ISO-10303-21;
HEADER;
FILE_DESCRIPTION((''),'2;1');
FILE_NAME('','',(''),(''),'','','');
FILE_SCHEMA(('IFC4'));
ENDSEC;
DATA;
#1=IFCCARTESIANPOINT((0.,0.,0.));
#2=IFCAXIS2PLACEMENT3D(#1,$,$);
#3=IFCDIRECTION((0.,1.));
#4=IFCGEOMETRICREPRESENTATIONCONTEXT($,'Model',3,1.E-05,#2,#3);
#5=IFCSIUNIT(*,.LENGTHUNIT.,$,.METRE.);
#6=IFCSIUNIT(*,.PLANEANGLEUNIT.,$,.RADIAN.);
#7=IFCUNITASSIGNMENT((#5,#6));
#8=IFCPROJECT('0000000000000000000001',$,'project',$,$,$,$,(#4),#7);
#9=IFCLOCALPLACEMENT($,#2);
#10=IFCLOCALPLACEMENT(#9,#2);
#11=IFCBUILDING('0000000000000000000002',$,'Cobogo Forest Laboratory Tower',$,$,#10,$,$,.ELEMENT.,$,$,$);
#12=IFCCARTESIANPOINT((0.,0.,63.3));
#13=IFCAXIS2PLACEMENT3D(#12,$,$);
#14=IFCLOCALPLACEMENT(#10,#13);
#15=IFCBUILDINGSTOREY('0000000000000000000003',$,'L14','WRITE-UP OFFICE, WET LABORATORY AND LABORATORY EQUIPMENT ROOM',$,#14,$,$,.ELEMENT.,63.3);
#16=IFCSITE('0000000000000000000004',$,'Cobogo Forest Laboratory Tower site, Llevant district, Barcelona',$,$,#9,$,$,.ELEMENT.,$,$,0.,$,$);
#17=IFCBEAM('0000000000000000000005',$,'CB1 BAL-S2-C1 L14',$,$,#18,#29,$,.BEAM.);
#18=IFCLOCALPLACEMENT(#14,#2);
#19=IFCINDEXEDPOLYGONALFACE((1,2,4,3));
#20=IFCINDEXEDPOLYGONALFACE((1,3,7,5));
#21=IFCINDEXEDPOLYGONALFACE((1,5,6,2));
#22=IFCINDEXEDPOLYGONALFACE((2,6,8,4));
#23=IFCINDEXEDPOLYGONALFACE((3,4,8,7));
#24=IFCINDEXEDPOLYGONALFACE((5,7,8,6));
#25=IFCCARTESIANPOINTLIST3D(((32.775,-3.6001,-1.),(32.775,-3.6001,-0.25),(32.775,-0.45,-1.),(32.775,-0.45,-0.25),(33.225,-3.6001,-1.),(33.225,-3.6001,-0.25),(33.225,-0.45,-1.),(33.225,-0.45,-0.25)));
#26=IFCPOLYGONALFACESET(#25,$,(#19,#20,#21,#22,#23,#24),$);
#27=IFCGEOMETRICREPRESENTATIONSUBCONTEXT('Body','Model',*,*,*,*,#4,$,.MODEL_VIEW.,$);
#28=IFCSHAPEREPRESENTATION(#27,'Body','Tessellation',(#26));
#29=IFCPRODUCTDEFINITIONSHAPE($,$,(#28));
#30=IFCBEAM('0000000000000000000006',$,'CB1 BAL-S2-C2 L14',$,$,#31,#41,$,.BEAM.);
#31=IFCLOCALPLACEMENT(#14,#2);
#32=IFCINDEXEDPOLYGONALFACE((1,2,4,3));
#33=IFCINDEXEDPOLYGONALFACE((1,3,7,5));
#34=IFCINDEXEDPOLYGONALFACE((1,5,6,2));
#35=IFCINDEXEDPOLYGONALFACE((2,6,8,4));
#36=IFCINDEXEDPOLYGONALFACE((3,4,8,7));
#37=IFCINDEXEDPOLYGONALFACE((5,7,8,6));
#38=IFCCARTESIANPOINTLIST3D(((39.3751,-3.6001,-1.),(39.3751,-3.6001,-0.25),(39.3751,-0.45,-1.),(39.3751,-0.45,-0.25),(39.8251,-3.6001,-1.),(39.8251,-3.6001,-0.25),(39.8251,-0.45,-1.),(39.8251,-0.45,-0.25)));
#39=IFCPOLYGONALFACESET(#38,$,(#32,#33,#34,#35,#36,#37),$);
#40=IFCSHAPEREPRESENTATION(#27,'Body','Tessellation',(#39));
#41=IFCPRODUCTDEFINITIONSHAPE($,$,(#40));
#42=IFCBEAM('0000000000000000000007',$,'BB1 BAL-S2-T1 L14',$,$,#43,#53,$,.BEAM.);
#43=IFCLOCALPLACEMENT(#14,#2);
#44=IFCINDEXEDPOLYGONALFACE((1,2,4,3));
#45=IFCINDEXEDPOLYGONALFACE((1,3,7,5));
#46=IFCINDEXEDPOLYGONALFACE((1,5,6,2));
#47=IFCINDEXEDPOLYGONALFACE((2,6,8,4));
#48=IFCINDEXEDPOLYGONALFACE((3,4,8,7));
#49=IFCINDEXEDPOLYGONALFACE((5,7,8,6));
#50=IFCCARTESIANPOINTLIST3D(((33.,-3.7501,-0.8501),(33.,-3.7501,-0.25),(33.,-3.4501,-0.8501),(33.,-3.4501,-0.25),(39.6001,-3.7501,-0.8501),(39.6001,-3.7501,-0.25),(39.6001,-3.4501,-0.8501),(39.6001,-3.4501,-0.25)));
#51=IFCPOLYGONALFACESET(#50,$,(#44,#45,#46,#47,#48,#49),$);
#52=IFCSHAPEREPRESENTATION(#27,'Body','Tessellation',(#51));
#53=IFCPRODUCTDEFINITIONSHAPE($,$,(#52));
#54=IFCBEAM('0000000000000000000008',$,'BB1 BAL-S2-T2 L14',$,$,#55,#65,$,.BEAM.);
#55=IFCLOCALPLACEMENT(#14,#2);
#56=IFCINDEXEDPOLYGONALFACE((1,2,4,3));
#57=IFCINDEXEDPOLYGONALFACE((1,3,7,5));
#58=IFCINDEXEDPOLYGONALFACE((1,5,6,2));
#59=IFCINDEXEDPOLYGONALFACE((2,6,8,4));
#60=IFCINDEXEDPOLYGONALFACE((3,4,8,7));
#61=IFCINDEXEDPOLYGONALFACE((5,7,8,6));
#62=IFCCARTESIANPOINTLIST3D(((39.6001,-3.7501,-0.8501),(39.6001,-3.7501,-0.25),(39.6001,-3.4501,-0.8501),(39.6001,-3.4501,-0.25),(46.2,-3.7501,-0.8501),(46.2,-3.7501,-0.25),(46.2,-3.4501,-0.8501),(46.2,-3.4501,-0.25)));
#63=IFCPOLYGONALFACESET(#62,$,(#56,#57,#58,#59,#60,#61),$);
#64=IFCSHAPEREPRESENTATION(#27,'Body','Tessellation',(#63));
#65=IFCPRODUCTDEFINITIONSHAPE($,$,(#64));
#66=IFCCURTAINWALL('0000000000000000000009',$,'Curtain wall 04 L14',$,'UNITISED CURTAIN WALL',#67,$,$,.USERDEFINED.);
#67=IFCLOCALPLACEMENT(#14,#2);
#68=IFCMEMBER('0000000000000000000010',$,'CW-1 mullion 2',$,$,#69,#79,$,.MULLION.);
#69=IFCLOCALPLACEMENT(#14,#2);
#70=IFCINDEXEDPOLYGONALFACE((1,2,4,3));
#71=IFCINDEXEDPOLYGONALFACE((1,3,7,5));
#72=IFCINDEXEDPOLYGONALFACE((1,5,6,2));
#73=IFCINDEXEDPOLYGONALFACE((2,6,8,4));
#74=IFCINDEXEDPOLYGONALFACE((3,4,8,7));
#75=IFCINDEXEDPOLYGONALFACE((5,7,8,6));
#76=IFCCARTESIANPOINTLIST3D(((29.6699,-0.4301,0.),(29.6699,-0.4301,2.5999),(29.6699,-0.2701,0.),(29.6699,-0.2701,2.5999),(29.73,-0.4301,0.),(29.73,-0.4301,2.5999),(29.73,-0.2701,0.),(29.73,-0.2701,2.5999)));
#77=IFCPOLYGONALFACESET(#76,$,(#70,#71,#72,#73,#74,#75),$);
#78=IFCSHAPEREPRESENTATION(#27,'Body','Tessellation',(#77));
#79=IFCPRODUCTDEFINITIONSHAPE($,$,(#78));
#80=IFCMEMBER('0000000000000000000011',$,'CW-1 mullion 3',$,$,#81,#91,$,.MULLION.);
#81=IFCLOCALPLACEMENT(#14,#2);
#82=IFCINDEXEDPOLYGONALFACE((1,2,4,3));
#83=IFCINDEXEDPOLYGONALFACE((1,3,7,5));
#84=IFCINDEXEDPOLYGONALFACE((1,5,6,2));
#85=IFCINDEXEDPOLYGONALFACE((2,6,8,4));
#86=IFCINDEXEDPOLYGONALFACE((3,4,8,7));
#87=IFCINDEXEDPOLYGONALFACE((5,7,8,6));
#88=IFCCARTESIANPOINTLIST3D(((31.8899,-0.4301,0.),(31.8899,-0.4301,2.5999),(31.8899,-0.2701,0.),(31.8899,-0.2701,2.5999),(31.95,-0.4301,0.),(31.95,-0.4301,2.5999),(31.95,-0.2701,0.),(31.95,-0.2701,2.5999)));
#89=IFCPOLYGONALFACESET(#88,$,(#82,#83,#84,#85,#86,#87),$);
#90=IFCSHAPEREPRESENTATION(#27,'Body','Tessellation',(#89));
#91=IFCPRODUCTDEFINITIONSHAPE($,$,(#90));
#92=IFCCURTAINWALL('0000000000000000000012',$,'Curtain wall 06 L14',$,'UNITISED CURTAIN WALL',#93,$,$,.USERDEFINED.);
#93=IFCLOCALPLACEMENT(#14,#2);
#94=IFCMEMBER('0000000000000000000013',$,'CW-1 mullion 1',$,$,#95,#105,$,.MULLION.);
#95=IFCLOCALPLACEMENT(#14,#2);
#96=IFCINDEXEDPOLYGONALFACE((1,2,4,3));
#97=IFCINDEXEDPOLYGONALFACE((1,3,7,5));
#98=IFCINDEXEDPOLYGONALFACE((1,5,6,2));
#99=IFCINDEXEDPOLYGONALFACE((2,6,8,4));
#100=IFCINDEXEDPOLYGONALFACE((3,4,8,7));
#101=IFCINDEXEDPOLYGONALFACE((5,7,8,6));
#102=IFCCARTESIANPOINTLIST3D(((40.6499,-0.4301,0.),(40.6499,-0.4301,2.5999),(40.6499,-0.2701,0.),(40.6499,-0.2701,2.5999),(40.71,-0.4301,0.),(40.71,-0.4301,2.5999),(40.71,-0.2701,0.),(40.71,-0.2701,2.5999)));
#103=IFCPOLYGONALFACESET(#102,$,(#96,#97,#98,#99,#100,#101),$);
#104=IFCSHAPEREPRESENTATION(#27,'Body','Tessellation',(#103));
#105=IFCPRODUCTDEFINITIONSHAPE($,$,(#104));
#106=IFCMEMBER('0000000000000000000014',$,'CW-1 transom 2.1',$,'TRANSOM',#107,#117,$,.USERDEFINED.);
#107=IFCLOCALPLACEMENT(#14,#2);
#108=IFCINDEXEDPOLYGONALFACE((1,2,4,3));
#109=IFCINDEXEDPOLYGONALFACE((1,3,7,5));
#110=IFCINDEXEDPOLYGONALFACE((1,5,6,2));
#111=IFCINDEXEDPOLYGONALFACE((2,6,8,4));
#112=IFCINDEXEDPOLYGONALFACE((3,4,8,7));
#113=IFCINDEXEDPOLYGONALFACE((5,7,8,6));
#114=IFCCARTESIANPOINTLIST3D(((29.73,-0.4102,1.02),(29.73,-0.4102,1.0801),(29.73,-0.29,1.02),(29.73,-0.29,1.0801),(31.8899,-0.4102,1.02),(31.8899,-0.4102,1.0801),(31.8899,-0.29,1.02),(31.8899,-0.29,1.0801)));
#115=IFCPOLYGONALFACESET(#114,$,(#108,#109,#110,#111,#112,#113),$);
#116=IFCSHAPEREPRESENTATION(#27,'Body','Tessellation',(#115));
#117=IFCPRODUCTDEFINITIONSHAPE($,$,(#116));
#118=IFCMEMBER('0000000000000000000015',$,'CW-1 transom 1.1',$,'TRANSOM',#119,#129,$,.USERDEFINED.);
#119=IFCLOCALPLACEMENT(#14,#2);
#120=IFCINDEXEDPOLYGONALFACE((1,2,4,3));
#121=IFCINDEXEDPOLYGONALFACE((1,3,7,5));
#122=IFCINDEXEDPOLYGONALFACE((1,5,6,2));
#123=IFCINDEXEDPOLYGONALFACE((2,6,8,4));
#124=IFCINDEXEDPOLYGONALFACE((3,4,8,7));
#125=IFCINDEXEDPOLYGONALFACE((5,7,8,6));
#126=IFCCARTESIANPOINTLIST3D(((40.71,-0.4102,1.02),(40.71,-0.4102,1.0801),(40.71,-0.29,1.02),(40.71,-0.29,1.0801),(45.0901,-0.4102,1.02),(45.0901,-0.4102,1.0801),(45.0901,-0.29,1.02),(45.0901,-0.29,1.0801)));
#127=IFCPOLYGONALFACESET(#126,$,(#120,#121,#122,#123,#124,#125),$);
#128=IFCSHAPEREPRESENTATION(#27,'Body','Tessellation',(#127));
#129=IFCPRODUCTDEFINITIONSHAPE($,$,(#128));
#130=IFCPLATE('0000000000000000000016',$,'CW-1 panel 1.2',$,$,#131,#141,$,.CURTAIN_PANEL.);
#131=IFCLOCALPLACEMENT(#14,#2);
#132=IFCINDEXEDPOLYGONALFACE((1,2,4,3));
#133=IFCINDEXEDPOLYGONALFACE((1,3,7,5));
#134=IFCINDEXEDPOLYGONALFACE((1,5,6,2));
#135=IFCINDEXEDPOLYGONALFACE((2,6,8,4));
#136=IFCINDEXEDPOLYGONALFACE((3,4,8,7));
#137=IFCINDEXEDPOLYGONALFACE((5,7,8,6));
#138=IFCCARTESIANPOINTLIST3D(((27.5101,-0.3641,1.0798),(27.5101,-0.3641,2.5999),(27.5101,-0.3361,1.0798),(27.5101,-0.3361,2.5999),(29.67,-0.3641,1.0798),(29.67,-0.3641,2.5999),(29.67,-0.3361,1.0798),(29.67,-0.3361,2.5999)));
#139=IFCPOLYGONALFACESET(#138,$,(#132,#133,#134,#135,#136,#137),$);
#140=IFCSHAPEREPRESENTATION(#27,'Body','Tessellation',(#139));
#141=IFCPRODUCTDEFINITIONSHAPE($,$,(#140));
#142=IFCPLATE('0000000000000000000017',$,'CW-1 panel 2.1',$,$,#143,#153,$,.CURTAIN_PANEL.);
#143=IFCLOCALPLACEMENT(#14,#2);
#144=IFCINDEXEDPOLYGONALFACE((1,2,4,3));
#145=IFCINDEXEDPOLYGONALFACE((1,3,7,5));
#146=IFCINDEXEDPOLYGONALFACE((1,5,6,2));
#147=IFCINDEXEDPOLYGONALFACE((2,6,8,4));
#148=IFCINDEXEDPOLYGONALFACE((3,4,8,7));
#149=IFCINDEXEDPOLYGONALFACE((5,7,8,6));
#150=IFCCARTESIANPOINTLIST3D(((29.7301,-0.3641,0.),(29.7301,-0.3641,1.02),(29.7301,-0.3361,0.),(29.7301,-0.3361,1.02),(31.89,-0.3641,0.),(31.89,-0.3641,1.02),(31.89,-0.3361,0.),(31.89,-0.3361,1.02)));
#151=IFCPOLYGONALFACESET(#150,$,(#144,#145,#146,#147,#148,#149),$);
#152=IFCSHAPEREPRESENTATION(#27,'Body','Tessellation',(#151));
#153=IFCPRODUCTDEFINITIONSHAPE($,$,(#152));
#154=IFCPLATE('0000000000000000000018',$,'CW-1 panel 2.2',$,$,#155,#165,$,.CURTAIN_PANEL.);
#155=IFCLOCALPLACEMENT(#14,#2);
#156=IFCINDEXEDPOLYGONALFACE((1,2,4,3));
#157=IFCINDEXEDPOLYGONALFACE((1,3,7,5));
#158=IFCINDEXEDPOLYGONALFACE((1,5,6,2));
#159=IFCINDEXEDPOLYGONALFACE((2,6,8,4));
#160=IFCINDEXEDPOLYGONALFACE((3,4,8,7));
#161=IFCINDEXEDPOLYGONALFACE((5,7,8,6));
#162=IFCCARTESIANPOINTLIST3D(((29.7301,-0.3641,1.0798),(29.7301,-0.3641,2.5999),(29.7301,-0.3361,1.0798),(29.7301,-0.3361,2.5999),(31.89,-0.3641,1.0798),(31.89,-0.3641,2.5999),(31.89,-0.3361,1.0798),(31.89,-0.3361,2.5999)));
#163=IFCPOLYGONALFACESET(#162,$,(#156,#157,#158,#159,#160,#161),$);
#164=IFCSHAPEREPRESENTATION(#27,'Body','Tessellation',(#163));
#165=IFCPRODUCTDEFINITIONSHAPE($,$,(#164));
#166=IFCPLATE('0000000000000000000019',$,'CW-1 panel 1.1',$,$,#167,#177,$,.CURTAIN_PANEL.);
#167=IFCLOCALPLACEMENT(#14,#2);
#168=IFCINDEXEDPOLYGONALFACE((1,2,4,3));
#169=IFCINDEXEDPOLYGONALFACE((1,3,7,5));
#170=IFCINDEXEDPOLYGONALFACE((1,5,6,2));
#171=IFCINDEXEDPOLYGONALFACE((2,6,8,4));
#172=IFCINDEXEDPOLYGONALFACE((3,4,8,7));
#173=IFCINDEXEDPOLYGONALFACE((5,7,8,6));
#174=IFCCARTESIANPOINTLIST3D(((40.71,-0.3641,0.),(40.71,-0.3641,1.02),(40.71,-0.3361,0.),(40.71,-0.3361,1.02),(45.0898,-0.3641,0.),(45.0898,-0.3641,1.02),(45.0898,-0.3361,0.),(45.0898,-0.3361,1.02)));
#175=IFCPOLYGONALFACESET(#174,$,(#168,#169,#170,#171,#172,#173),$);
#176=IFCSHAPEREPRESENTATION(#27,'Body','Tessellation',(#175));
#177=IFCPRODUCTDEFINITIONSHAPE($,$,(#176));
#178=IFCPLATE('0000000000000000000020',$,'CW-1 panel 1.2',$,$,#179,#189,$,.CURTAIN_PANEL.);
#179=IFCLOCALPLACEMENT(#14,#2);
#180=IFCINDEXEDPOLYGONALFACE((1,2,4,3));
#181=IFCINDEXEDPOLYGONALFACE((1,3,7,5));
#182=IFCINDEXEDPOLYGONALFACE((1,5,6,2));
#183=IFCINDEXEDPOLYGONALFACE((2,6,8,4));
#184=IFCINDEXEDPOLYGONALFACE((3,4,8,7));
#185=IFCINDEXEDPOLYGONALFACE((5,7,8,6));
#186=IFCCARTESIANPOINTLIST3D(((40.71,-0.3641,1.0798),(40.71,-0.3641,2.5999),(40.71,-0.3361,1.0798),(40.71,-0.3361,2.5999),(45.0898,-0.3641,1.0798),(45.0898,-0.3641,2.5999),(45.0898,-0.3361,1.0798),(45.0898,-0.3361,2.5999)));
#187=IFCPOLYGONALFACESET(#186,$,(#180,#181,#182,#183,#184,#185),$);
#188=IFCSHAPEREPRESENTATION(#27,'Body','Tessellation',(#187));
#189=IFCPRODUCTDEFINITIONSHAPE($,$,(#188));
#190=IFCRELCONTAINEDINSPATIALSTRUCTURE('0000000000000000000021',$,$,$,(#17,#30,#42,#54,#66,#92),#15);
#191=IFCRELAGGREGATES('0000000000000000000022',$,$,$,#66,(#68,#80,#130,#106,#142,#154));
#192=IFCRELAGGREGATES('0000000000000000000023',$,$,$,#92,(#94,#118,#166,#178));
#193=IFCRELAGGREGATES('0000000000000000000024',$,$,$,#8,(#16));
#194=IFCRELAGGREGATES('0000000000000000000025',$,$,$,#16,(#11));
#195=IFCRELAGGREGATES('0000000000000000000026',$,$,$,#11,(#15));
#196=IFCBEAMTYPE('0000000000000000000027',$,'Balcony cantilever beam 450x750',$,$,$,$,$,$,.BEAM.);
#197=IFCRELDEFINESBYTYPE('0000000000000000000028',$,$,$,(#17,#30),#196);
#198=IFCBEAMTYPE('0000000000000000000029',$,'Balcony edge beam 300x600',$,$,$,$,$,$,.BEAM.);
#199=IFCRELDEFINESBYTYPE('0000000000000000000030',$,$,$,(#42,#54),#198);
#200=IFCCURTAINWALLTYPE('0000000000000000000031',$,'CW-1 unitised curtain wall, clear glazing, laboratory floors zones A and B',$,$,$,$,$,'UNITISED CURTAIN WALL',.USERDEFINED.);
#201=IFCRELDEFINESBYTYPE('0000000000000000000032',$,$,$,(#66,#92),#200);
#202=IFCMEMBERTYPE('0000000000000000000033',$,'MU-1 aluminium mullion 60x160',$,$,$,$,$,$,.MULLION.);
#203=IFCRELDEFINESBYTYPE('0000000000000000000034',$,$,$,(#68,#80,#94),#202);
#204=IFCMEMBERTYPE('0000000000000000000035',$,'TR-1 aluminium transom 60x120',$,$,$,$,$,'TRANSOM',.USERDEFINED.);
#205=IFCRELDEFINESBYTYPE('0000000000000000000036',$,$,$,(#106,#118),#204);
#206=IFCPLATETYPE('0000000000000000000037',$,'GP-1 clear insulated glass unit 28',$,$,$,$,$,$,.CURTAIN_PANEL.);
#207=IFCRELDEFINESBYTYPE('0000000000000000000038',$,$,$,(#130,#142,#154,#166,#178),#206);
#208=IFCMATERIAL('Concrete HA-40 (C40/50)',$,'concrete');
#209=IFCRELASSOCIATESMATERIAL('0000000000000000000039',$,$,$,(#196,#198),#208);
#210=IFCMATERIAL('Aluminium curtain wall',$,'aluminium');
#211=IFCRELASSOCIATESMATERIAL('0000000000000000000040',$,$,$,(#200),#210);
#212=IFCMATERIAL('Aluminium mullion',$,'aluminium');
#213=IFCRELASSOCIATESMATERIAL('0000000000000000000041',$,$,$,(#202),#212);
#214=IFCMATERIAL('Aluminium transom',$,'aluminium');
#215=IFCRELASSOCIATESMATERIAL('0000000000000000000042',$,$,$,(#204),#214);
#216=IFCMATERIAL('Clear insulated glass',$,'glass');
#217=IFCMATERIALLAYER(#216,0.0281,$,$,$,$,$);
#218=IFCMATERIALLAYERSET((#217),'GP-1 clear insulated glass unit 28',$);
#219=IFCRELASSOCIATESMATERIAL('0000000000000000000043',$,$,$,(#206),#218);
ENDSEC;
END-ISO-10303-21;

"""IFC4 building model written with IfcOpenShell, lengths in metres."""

from ifc_helpers import new_model, si_unit, direction, frame, origin, origin_2d, place, context, subcontext, project, spatial, rectangle, extrude, material, layer, layer_set, material_profile, profile_set, type_object, element, aggregate, save


model = new_model("IFC4")

# Units and contexts
model_context = context("Model", 3, precision=1e-05, world=origin(), true_north=direction((0.0, 1.0)))
body_context = subcontext(model_context, "Body", "Model", "MODEL_VIEW")
ifc_project = project(units=[si_unit("LENGTHUNIT", "METRE"), si_unit("PLANEANGLEUNIT", "RADIAN")], contexts=[model_context])

# Site, building, storey
site_placement = place(None, origin())
site = spatial("IfcSite", under=ifc_project, at=site_placement, Name="Cobogo Forest Laboratory Tower site, Llevant district, Barcelona", CompositionType="ELEMENT", RefElevation=0.0)
building_placement = place(site_placement, origin())
building = spatial("IfcBuilding", under=site, at=building_placement, Name="Cobogo Forest Laboratory Tower", CompositionType="ELEMENT")
storey_placement = place(building_placement, frame((0.0, 0.0, 63.3)))
storey = spatial("IfcBuildingStorey", under=building, at=storey_placement, Name="L14", Description="WRITE-UP OFFICE, WET LABORATORY AND LABORATORY EQUIPMENT ROOM", CompositionType="ELEMENT", Elevation=63.3)

# Beams
ifc_material_1 = material(Name="Concrete HA-40 (C40/50)", Category="concrete")
ifc_material_profile_1 = material_profile(ifc_material_1, rectangle(XDim=0.45, YDim=0.75, at=origin_2d()), Name="RC 450x750")
ifc_profile_set_1 = profile_set([ifc_material_profile_1], Name="Concrete HA-40 (C40/50)")
beam_type_1 = type_object("IfcBeamType", Name="Balcony cantilever beam 450x750", PredefinedType="BEAM", material=ifc_profile_set_1)
for number, where, z_axis, x_axis, name in (
    (1, (33.0, -0.45, -0.625), (0.0, -1.0, 0.0), (1.0, 0.0, 0.0), "CB1 BAL-S2-C1 L14"),
    (2, (39.6001, -0.45, -0.625), (0.0, -1.0, 0.0), (1.0, 0.0, 0.0), "CB1 BAL-S2-C2 L14"),
):
    element("IfcBeam", number, at=place(storey_placement, frame(where, z_axis=z_axis, x_axis=x_axis)), inside=storey, type_object=beam_type_1, Name=name, PredefinedType="BEAM", context=body_context, shape_type="SweptSolid", body=[
        extrude(rectangle(XDim=0.45, YDim=0.75, at=origin_2d()), origin(), (0.0, 0.0, 1.0), 3.1501),
    ])
ifc_material_profile_2 = material_profile(ifc_material_1, rectangle(XDim=0.3, YDim=0.6001, at=origin_2d()), Name="RC 300x600")
ifc_profile_set_2 = profile_set([ifc_material_profile_2], Name="Concrete HA-40 (C40/50)")
beam_type_2 = type_object("IfcBeamType", Name="Balcony edge beam 300x600", PredefinedType="BEAM", material=ifc_profile_set_2)
beam_1_placement = place(storey_placement, frame((33.0, -3.6001, -0.55), z_axis=(1.0, 0.0, 0.0), x_axis=(0.0, 1.0, 0.0)))
element("IfcBeam", 3, at=beam_1_placement, inside=storey, type_object=beam_type_2, Name="BB1 BAL-S2-T1 L14", PredefinedType="BEAM", context=body_context, shape_type="SweptSolid", body=[
    extrude(rectangle(XDim=0.3, YDim=0.6001, at=origin_2d()), origin(), (0.0, 0.0, 1.0), 6.6001),
])
beam_2_placement = place(storey_placement, frame((39.6001, -3.6001, -0.55), z_axis=(1.0, 0.0, 0.0), x_axis=(0.0, 1.0, 0.0)))
element("IfcBeam", 4, at=beam_2_placement, inside=storey, type_object=beam_type_2, Name="BB1 BAL-S2-T2 L14", PredefinedType="BEAM", context=body_context, shape_type="SweptSolid", body=[
    extrude(rectangle(XDim=0.3, YDim=0.6001, at=origin_2d()), origin(), (0.0, 0.0, 1.0), 6.5999),
])

# Curtain wall, members
ifc_material_2 = material(Name="Aluminium curtain wall", Category="aluminium")
curtain_wall_type = type_object("IfcCurtainWallType", Name="CW-1 unitised curtain wall, clear glazing, laboratory floors zones A and B", ElementType="UNITISED CURTAIN WALL", PredefinedType="USERDEFINED", material=ifc_material_2)
curtain_wall_1_placement = place(storey_placement, origin())
curtain_wall_1 = element("IfcCurtainWall", 5, at=curtain_wall_1_placement, inside=storey, type_object=curtain_wall_type, Name="Curtain wall 04 L14", ObjectType="UNITISED CURTAIN WALL", PredefinedType="USERDEFINED")
ifc_material_3 = material(Name="Aluminium mullion", Category="aluminium")
ifc_material_profile_3 = material_profile(ifc_material_3, rectangle(XDim=0.0601, YDim=0.1599, at=origin_2d()), Name="AL 60x160")
ifc_profile_set_3 = profile_set([ifc_material_profile_3], Name="Aluminium mullion")
member_type_1 = type_object("IfcMemberType", Name="MU-1 aluminium mullion 60x160", PredefinedType="MULLION", material=ifc_profile_set_3)
member_1_placement = place(storey_placement, frame((29.7, -0.3501, 0.0), z_axis=(0.0, 0.0, 1.0), x_axis=(1.0, 0.0, 0.0)))
member_1 = element("IfcMember", 6, at=member_1_placement, type_object=member_type_1, Name="CW-1 mullion 2", PredefinedType="MULLION", context=body_context, shape_type="SweptSolid", body=[
    extrude(rectangle(XDim=0.0601, YDim=0.1599, at=origin_2d()), origin(), (0.0, 0.0, 1.0), 2.5999),
])
member_2_placement = place(storey_placement, frame((31.9199, -0.3501, 0.0), z_axis=(0.0, 0.0, 1.0), x_axis=(1.0, 0.0, 0.0)))
member_2 = element("IfcMember", 7, at=member_2_placement, type_object=member_type_1, Name="CW-1 mullion 3", PredefinedType="MULLION", context=body_context, shape_type="SweptSolid", body=[
    extrude(rectangle(XDim=0.0601, YDim=0.1599, at=origin_2d()), origin(), (0.0, 0.0, 1.0), 2.5999),
])

# Curtain wall, member
curtain_wall_2_placement = place(storey_placement, origin())
curtain_wall_2 = element("IfcCurtainWall", 8, at=curtain_wall_2_placement, inside=storey, type_object=curtain_wall_type, Name="Curtain wall 06 L14", ObjectType="UNITISED CURTAIN WALL", PredefinedType="USERDEFINED")
member_3_placement = place(storey_placement, frame((40.6799, -0.3501, 0.0), z_axis=(0.0, 0.0, 1.0), x_axis=(1.0, 0.0, 0.0)))
member_3 = element("IfcMember", 9, at=member_3_placement, type_object=member_type_1, Name="CW-1 mullion 1", PredefinedType="MULLION", context=body_context, shape_type="SweptSolid", body=[
    extrude(rectangle(XDim=0.0601, YDim=0.1599, at=origin_2d()), origin(), (0.0, 0.0, 1.0), 2.5999),
])

# Members
ifc_material_4 = material(Name="Aluminium transom", Category="aluminium")
ifc_material_profile_4 = material_profile(ifc_material_4, rectangle(XDim=0.1201, YDim=0.0601, at=origin_2d()), Name="AL 60x120")
ifc_profile_set_4 = profile_set([ifc_material_profile_4], Name="Aluminium transom")
member_type_2 = type_object("IfcMemberType", Name="TR-1 aluminium transom 60x120", ElementType="TRANSOM", PredefinedType="USERDEFINED", material=ifc_profile_set_4)
member_4_placement = place(storey_placement, frame((29.73, -0.3501, 1.05), z_axis=(1.0, 0.0, 0.0), x_axis=(0.0, 1.0, 0.0)))
member_4 = element("IfcMember", 10, at=member_4_placement, type_object=member_type_2, Name="CW-1 transom 2.1", ObjectType="TRANSOM", PredefinedType="USERDEFINED", context=body_context, shape_type="SweptSolid", body=[
    extrude(rectangle(XDim=0.1201, YDim=0.0601, at=origin_2d()), origin(), (0.0, 0.0, 1.0), 2.1599),
])
member_5_placement = place(storey_placement, frame((40.71, -0.3501, 1.05), z_axis=(1.0, 0.0, 0.0), x_axis=(0.0, 1.0, 0.0)))
member_5 = element("IfcMember", 11, at=member_5_placement, type_object=member_type_2, Name="CW-1 transom 1.1", ObjectType="TRANSOM", PredefinedType="USERDEFINED", context=body_context, shape_type="SweptSolid", body=[
    extrude(rectangle(XDim=0.1201, YDim=0.0601, at=origin_2d()), origin(), (0.0, 0.0, 1.0), 4.3801),
])

# Plates
ifc_material_5 = material(Name="Clear insulated glass", Category="glass")
ifc_layer_1 = layer(ifc_material_5, 0.0281)
ifc_layer_set_1 = layer_set([ifc_layer_1], Name="GP-1 clear insulated glass unit 28")
plate_type = type_object("IfcPlateType", Name="GP-1 clear insulated glass unit 28", PredefinedType="CURTAIN_PANEL", material=ifc_layer_set_1)
plate_1_placement = place(storey_placement, frame((28.5901, -0.3501, 1.0798), z_axis=(0.0, 0.0, 1.0), x_axis=(1.0, 0.0, 0.0)))
plate_1 = element("IfcPlate", 12, at=plate_1_placement, type_object=plate_type, Name="CW-1 panel 1.2", PredefinedType="CURTAIN_PANEL", context=body_context, shape_type="SweptSolid", body=[
    extrude(rectangle(XDim=2.1599, YDim=0.0281, at=origin_2d()), origin(), (0.0, 0.0, 1.0), 1.52),
])
plate_2_placement = place(storey_placement, frame((30.8101, -0.3501, 0.0), z_axis=(0.0, 0.0, 1.0), x_axis=(1.0, 0.0, 0.0)))
plate_2 = element("IfcPlate", 13, at=plate_2_placement, type_object=plate_type, Name="CW-1 panel 2.1", PredefinedType="CURTAIN_PANEL", context=body_context, shape_type="SweptSolid", body=[
    extrude(rectangle(XDim=2.1599, YDim=0.0281, at=origin_2d()), origin(), (0.0, 0.0, 1.0), 1.02),
])
plate_3_placement = place(storey_placement, frame((30.8101, -0.3501, 1.0798), z_axis=(0.0, 0.0, 1.0), x_axis=(1.0, 0.0, 0.0)))
plate_3 = element("IfcPlate", 14, at=plate_3_placement, type_object=plate_type, Name="CW-1 panel 2.2", PredefinedType="CURTAIN_PANEL", context=body_context, shape_type="SweptSolid", body=[
    extrude(rectangle(XDim=2.1599, YDim=0.0281, at=origin_2d()), origin(), (0.0, 0.0, 1.0), 1.52),
])
aggregate(curtain_wall_1, [member_1, member_2, plate_1, member_4, plate_2, plate_3])
plate_4_placement = place(storey_placement, frame((42.8999, -0.3501, 0.0), z_axis=(0.0, 0.0, 1.0), x_axis=(1.0, 0.0, 0.0)))
plate_4 = element("IfcPlate", 15, at=plate_4_placement, type_object=plate_type, Name="CW-1 panel 1.1", PredefinedType="CURTAIN_PANEL", context=body_context, shape_type="SweptSolid", body=[
    extrude(rectangle(XDim=4.3799, YDim=0.0281, at=origin_2d()), origin(), (0.0, 0.0, 1.0), 1.02),
])
plate_5_placement = place(storey_placement, frame((42.8999, -0.3501, 1.0798), z_axis=(0.0, 0.0, 1.0), x_axis=(1.0, 0.0, 0.0)))
plate_5 = element("IfcPlate", 16, at=plate_5_placement, type_object=plate_type, Name="CW-1 panel 1.2", PredefinedType="CURTAIN_PANEL", context=body_context, shape_type="SweptSolid", body=[
    extrude(rectangle(XDim=4.3799, YDim=0.0281, at=origin_2d()), origin(), (0.0, 0.0, 1.0), 1.52),
])
aggregate(curtain_wall_2, [member_3, member_5, plate_4, plate_5])

save(model, "model.ifc")
